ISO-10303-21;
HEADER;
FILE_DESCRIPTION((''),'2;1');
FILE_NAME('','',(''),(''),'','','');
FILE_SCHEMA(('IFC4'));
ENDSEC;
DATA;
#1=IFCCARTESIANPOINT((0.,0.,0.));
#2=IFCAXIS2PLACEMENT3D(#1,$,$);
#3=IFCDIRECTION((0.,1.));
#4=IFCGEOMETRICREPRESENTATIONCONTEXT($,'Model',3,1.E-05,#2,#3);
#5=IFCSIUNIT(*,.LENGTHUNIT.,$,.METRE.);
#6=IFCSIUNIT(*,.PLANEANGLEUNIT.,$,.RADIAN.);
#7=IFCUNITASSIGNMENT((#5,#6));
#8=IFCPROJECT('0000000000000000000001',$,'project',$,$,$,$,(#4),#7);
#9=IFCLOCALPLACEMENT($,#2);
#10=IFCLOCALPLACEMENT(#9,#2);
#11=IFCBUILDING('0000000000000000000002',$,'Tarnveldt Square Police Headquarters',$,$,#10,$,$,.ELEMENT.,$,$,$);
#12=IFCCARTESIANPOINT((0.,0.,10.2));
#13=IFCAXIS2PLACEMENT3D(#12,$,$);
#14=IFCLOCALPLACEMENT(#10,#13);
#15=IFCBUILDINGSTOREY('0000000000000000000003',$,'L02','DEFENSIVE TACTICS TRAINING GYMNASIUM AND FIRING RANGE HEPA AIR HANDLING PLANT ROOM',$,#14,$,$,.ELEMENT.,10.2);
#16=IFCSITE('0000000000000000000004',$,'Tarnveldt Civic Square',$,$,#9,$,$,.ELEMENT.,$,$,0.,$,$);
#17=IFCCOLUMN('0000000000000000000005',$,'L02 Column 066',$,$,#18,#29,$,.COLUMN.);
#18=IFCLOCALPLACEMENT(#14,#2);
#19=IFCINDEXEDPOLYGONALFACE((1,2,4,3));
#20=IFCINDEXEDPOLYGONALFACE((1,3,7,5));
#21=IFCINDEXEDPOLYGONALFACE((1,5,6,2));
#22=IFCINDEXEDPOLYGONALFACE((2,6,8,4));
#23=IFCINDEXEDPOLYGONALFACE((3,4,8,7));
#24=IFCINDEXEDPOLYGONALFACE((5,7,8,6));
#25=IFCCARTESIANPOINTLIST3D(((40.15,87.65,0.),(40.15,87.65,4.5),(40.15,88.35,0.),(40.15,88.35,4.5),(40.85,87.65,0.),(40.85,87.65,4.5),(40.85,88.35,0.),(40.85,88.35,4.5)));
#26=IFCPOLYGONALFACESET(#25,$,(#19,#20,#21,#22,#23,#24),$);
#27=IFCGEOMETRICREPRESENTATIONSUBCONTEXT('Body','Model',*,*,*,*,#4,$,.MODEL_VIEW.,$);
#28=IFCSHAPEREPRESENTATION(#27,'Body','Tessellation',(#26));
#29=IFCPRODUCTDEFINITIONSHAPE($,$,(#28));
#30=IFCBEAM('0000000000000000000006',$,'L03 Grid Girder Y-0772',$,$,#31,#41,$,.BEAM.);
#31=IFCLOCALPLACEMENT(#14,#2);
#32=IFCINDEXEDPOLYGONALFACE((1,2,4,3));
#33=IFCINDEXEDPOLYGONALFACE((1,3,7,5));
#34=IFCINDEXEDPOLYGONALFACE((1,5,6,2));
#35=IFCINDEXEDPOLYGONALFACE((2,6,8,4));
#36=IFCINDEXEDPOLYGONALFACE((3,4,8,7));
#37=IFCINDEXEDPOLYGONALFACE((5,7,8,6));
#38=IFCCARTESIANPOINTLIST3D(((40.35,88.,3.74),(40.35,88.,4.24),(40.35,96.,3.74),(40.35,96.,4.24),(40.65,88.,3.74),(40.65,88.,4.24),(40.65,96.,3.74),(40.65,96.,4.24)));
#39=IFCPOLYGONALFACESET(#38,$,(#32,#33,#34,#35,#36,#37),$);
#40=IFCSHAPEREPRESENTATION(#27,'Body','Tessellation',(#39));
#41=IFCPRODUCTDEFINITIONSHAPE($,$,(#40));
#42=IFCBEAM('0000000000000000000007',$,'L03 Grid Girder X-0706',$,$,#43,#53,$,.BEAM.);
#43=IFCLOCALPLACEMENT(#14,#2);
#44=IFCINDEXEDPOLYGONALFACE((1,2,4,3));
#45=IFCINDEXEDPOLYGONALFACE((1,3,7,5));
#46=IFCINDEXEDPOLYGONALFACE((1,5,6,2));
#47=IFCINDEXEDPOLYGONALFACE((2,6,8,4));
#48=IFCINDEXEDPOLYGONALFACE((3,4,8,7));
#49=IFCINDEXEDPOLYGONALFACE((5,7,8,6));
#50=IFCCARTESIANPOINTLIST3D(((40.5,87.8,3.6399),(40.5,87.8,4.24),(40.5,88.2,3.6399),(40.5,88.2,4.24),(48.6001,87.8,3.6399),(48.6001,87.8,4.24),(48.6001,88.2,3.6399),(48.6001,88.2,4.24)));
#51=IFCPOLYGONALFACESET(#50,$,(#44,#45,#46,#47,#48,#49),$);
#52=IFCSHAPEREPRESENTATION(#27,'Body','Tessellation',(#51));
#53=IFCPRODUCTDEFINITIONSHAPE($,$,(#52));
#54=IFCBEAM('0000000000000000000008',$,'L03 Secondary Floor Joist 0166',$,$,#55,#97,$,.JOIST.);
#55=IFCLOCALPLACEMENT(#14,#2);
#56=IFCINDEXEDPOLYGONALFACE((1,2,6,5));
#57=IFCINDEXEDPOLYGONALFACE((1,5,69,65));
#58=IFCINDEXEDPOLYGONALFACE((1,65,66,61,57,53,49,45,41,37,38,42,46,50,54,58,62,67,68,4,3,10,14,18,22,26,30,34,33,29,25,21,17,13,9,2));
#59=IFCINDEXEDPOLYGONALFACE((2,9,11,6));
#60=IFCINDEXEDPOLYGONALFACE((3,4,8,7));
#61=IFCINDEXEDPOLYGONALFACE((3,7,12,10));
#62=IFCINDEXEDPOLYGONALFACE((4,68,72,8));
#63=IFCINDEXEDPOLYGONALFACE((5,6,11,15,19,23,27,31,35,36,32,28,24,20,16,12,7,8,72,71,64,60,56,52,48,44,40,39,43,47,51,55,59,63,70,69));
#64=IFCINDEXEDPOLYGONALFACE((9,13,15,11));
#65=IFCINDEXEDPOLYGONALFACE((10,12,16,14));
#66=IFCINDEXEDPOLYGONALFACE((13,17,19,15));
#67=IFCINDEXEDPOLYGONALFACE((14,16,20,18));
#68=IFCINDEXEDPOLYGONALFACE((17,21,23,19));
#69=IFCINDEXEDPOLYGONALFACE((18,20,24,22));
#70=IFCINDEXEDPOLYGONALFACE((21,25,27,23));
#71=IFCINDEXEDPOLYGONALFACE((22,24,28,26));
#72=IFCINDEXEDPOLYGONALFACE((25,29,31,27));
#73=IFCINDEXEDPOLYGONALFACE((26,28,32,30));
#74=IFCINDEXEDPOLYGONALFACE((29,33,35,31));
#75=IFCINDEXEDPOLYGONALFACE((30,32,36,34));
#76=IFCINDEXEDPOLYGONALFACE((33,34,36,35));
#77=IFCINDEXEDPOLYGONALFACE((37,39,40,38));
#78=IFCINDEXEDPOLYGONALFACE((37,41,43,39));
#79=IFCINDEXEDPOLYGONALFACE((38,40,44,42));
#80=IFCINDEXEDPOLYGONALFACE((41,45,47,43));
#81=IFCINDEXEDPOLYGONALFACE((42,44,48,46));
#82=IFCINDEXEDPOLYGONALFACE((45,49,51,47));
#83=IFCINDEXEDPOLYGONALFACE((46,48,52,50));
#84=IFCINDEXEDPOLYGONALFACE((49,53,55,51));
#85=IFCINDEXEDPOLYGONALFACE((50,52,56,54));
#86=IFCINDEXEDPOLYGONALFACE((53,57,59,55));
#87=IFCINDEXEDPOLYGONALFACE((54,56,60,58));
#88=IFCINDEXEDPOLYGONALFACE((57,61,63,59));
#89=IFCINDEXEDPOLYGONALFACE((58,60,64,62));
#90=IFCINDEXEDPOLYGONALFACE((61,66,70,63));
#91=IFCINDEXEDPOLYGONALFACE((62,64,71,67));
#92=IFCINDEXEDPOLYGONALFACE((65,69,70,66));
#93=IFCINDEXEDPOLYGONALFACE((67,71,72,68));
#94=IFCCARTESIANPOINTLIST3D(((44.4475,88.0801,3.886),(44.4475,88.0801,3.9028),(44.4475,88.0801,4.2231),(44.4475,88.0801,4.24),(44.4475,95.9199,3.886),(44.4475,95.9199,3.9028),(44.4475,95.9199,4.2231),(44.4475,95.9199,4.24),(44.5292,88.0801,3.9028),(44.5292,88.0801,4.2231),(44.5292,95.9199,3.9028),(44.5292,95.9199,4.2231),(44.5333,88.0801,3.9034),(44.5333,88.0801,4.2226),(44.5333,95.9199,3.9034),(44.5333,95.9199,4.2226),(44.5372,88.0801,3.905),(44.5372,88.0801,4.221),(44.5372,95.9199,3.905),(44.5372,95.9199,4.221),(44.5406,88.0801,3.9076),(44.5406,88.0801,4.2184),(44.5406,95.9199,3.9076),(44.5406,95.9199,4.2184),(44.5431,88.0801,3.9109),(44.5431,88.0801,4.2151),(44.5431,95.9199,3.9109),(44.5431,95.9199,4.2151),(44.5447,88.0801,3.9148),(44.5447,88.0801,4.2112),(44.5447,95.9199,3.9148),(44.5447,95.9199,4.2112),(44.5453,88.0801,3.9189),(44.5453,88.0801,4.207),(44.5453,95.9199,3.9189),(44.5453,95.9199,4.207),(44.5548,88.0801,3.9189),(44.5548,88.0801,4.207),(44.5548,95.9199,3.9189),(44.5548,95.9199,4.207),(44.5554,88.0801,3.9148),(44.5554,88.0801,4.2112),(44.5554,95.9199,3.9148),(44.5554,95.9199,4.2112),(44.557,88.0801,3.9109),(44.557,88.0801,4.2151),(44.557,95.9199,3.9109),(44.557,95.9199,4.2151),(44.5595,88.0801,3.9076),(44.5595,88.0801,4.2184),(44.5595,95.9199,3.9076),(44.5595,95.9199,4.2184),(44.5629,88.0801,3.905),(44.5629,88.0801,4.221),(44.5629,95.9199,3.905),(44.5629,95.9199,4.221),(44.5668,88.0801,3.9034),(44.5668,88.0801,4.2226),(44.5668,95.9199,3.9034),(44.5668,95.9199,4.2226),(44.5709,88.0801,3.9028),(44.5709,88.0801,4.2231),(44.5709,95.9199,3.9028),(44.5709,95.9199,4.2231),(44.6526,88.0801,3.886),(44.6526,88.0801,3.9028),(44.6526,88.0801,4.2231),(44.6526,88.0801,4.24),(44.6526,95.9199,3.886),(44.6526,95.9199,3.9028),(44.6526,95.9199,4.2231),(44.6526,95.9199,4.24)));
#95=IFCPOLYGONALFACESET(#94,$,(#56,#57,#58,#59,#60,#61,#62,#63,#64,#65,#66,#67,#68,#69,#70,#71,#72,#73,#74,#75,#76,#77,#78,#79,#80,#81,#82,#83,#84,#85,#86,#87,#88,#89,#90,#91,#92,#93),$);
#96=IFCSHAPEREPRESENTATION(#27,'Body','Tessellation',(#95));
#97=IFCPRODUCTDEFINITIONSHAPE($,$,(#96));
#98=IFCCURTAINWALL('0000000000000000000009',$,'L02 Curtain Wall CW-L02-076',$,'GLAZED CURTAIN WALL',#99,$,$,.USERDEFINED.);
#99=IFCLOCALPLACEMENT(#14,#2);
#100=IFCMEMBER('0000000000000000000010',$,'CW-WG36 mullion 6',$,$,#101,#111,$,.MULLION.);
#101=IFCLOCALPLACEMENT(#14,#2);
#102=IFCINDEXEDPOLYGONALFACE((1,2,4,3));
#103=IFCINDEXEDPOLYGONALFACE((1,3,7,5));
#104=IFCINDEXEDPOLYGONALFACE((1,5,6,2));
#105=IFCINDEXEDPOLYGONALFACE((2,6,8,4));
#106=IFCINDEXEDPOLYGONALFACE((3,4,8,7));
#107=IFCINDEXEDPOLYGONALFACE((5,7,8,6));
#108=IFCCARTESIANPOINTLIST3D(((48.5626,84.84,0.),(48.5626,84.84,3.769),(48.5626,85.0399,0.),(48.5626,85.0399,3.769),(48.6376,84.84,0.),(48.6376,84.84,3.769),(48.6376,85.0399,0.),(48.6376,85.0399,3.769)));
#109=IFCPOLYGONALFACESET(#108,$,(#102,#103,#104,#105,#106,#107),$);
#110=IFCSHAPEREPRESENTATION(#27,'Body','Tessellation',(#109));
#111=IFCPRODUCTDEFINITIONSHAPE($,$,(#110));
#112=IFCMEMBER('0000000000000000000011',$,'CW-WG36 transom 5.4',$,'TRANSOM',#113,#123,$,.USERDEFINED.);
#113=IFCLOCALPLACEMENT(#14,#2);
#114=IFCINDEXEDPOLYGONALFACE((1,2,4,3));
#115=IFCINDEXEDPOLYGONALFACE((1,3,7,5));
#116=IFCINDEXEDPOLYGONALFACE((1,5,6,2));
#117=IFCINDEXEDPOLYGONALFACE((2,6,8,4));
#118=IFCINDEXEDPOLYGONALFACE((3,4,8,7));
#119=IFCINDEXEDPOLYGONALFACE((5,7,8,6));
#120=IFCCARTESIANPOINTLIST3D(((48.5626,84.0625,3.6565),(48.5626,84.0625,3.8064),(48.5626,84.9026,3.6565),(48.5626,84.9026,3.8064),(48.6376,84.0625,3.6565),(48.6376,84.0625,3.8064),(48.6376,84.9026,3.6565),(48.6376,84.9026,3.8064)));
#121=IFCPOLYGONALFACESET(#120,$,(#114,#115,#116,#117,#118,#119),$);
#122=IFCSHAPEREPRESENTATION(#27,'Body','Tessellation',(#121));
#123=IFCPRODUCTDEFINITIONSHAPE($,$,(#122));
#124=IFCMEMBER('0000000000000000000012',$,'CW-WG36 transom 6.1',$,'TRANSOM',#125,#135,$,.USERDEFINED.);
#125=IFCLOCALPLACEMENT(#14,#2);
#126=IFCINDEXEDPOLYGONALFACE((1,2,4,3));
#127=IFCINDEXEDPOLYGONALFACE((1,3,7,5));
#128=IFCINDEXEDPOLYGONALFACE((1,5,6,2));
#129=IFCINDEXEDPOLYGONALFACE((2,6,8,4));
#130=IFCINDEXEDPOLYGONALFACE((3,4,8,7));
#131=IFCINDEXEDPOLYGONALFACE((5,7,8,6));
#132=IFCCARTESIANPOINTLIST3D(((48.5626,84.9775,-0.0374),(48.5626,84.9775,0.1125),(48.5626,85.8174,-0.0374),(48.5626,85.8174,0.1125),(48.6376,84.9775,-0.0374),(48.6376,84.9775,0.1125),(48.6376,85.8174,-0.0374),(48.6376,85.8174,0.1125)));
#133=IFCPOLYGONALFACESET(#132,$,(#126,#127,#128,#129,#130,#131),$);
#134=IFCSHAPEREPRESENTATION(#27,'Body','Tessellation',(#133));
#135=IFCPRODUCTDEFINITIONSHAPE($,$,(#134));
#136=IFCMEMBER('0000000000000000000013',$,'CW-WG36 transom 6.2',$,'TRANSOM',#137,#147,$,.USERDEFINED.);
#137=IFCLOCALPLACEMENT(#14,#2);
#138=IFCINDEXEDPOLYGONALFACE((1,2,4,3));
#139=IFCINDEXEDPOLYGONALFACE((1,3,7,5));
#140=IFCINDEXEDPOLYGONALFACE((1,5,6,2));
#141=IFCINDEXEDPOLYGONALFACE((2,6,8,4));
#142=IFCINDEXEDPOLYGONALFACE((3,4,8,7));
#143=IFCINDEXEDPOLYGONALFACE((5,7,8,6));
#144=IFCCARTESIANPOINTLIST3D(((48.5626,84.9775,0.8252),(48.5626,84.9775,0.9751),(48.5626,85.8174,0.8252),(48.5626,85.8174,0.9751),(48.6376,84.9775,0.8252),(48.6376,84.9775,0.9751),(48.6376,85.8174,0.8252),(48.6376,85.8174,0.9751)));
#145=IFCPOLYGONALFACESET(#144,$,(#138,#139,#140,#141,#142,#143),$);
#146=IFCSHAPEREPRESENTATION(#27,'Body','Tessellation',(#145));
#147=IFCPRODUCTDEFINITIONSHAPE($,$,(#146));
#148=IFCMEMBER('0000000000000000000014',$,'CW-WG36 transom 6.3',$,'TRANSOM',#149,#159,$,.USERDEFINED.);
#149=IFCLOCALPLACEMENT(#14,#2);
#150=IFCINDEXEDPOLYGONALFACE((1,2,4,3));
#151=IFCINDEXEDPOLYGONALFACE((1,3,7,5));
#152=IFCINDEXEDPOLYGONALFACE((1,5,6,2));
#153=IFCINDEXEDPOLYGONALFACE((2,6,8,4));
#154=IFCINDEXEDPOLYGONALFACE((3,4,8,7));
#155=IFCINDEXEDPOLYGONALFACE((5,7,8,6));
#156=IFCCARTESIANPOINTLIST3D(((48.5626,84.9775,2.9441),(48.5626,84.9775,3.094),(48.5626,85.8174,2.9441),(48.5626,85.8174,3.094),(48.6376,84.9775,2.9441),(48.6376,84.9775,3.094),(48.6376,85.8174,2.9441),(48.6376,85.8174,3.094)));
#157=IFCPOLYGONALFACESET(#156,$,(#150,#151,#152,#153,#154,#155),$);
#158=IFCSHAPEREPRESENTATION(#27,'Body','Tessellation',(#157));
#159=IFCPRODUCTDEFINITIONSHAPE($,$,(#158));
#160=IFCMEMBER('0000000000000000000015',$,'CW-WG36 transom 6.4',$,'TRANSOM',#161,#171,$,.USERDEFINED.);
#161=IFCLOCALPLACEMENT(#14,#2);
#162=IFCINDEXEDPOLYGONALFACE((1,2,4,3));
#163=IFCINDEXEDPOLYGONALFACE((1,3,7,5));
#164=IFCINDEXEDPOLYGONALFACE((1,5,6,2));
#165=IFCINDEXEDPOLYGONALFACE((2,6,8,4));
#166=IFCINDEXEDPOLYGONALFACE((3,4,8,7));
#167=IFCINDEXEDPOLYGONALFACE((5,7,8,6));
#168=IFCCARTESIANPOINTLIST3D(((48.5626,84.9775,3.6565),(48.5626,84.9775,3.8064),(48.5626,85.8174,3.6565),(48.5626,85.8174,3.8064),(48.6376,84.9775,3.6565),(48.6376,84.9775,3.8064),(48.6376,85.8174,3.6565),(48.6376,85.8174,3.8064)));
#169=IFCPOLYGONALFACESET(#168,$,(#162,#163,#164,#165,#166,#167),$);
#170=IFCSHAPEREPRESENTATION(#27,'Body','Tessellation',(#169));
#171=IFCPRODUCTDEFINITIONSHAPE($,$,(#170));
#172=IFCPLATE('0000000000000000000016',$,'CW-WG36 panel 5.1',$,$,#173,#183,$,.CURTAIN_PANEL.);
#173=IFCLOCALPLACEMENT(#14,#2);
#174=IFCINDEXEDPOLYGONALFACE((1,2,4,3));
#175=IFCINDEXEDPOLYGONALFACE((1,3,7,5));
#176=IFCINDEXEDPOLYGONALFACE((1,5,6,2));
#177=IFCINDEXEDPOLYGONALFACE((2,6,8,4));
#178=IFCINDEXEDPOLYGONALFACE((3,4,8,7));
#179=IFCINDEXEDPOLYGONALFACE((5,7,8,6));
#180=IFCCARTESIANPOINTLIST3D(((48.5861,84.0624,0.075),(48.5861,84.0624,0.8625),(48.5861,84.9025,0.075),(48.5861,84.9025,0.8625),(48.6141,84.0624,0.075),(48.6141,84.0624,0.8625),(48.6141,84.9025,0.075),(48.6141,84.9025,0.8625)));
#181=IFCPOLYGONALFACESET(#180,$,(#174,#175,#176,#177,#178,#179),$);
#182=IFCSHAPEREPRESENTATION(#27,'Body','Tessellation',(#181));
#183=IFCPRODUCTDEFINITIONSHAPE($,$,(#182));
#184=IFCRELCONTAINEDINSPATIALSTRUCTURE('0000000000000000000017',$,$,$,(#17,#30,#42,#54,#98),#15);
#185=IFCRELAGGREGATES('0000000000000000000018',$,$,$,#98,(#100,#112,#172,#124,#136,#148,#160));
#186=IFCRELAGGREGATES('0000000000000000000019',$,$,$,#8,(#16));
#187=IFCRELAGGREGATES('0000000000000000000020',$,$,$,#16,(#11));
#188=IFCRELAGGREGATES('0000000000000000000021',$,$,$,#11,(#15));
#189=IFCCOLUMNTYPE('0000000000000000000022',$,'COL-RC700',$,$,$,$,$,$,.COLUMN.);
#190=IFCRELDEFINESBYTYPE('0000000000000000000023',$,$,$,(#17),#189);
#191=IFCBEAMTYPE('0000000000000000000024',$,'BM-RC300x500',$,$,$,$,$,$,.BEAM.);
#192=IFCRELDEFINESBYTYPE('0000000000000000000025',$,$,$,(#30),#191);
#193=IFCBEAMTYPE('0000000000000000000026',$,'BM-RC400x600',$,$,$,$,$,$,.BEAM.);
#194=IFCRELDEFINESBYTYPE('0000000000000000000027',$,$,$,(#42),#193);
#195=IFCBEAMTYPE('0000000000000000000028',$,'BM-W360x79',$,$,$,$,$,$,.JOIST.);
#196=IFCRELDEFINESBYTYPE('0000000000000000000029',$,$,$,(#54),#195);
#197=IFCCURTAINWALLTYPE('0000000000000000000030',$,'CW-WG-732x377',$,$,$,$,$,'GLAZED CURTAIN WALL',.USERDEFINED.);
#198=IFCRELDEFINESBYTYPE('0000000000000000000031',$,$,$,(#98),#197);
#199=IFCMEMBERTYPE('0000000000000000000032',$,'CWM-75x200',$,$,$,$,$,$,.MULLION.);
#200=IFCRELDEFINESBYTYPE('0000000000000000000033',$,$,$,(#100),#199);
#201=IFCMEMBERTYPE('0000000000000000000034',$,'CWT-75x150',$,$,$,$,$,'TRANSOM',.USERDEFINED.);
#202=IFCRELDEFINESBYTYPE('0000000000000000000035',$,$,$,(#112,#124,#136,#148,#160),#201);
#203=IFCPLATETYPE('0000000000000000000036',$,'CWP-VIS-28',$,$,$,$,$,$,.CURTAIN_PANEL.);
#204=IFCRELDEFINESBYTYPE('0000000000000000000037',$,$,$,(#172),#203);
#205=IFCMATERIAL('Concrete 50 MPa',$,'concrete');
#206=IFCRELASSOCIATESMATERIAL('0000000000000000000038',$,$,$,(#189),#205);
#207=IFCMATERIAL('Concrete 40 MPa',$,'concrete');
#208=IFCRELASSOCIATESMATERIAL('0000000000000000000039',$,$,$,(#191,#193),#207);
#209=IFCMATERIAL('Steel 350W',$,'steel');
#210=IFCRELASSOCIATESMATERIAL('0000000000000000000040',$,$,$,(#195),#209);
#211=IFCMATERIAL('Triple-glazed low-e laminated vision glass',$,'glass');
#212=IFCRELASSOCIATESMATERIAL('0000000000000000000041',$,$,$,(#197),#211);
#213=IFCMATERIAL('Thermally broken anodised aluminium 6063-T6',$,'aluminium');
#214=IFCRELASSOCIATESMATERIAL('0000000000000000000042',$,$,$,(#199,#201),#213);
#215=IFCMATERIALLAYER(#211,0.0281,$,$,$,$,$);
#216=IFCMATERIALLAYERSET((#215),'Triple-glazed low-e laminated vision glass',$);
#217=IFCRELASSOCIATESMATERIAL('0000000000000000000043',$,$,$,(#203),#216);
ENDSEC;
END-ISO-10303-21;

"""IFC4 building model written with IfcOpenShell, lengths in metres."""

from ifc_helpers import new_model, si_unit, direction, frame, origin, origin_2d, place, context, subcontext, project, spatial, rectangle, i_section, extrude, material, layer, layer_set, material_profile, profile_set, type_object, element, aggregate, save


model = new_model("IFC4")

# Units and contexts
model_context = context("Model", 3, precision=1e-05, world=origin(), true_north=direction((0.0, 1.0)))
body_context = subcontext(model_context, "Body", "Model", "MODEL_VIEW")
ifc_project = project(units=[si_unit("LENGTHUNIT", "METRE"), si_unit("PLANEANGLEUNIT", "RADIAN")], contexts=[model_context])

# Site, building, storey
site_placement = place(None, origin())
site = spatial("IfcSite", under=ifc_project, at=site_placement, Name="Tarnveldt Civic Square", CompositionType="ELEMENT", RefElevation=0.0)
building_placement = place(site_placement, origin())
building = spatial("IfcBuilding", under=site, at=building_placement, Name="Tarnveldt Square Police Headquarters", CompositionType="ELEMENT")
storey_placement = place(building_placement, frame((0.0, 0.0, 10.2)))
storey = spatial("IfcBuildingStorey", under=building, at=storey_placement, Name="L02", Description="DEFENSIVE TACTICS TRAINING GYMNASIUM AND FIRING RANGE HEPA AIR HANDLING PLANT ROOM", CompositionType="ELEMENT", Elevation=10.2)

# Column
ifc_material_1 = material(Name="Concrete 50 MPa", Category="concrete")
ifc_material_profile_1 = material_profile(ifc_material_1, rectangle(XDim=0.7, YDim=0.7, at=origin_2d()), Name="RC-C700x700")
ifc_profile_set_1 = profile_set([ifc_material_profile_1], Name="Concrete 50 MPa")
column_type = type_object("IfcColumnType", Name="COL-RC700", PredefinedType="COLUMN", material=ifc_profile_set_1)
column_placement = place(storey_placement, frame((40.5, 88.0, 0.0), z_axis=(0.0, 0.0, 1.0), x_axis=(1.0, 0.0, 0.0)))
element("IfcColumn", 1, at=column_placement, inside=storey, type_object=column_type, Name="L02 Column 066", PredefinedType="COLUMN", context=body_context, shape_type="SweptSolid", body=[
    extrude(rectangle(XDim=0.7, YDim=0.7, at=origin_2d()), origin(), (0.0, 0.0, 1.0), 4.5),
])

# Beams
ifc_material_2 = material(Name="Concrete 40 MPa", Category="concrete")
ifc_material_profile_2 = material_profile(ifc_material_2, rectangle(XDim=0.3, YDim=0.5, at=origin_2d()), Name="RC-B300x500")
ifc_profile_set_2 = profile_set([ifc_material_profile_2], Name="Concrete 40 MPa")
beam_type_1 = type_object("IfcBeamType", Name="BM-RC300x500", PredefinedType="BEAM", material=ifc_profile_set_2)
beam_1_placement = place(storey_placement, frame((40.5, 88.0, 3.99), z_axis=(0.0, 1.0, 0.0), x_axis=(-1.0, 0.0, 0.0)))
element("IfcBeam", 2, at=beam_1_placement, inside=storey, type_object=beam_type_1, Name="L03 Grid Girder Y-0772", PredefinedType="BEAM", context=body_context, shape_type="SweptSolid", body=[
    extrude(rectangle(XDim=0.3, YDim=0.5, at=origin_2d()), origin(), (0.0, 0.0, 1.0), 8.0),
])
ifc_material_profile_3 = material_profile(ifc_material_2, rectangle(XDim=0.3999, YDim=0.6001, at=origin_2d()), Name="RC-B400x600")
ifc_profile_set_3 = profile_set([ifc_material_profile_3], Name="Concrete 40 MPa")
beam_type_2 = type_object("IfcBeamType", Name="BM-RC400x600", PredefinedType="BEAM", material=ifc_profile_set_3)
beam_2_placement = place(storey_placement, frame((40.5, 88.0, 3.9399), z_axis=(1.0, 0.0, 0.0), x_axis=(0.0, 1.0, 0.0)))
element("IfcBeam", 3, at=beam_2_placement, inside=storey, type_object=beam_type_2, Name="L03 Grid Girder X-0706", PredefinedType="BEAM", context=body_context, shape_type="SweptSolid", body=[
    extrude(rectangle(XDim=0.3999, YDim=0.6001, at=origin_2d()), origin(), (0.0, 0.0, 1.0), 8.1001),
])
ifc_material_3 = material(Name="Steel 350W", Category="steel")
ifc_material_profile_4 = material_profile(ifc_material_3, i_section(OverallWidth=0.2051, OverallDepth=0.354, WebThickness=0.0095, FlangeThickness=0.0168, FilletRadius=0.0161, at=origin_2d()), Name="W360x79")
ifc_profile_set_4 = profile_set([ifc_material_profile_4], Name="Steel 350W")
beam_type_3 = type_object("IfcBeamType", Name="BM-W360x79", PredefinedType="JOIST", material=ifc_profile_set_4)
beam_3_placement = place(storey_placement, frame((44.55, 88.0801, 4.063), z_axis=(0.0, 1.0, 0.0), x_axis=(-1.0, 0.0, 0.0)))
element("IfcBeam", 4, at=beam_3_placement, inside=storey, type_object=beam_type_3, Name="L03 Secondary Floor Joist 0166", PredefinedType="JOIST", context=body_context, shape_type="SweptSolid", body=[
    extrude(i_section(OverallWidth=0.2051, OverallDepth=0.354, WebThickness=0.0095, FlangeThickness=0.0168, FilletRadius=0.0161, at=origin_2d()), origin(), (0.0, 0.0, 1.0), 7.8398),
])

# Curtain wall, members, plate
ifc_material_4 = material(Name="Triple-glazed low-e laminated vision glass", Category="glass")
curtain_wall_type = type_object("IfcCurtainWallType", Name="CW-WG-732x377", ElementType="GLAZED CURTAIN WALL", PredefinedType="USERDEFINED", material=ifc_material_4)
curtain_wall_placement = place(storey_placement, origin())
curtain_wall = element("IfcCurtainWall", 5, at=curtain_wall_placement, inside=storey, type_object=curtain_wall_type, Name="L02 Curtain Wall CW-L02-076", ObjectType="GLAZED CURTAIN WALL", PredefinedType="USERDEFINED")
ifc_material_5 = material(Name="Thermally broken anodised aluminium 6063-T6", Category="aluminium")
ifc_material_profile_5 = material_profile(ifc_material_5, rectangle(XDim=0.075, YDim=0.2, at=origin_2d()), Name="CW-M75x200")
ifc_profile_set_5 = profile_set([ifc_material_profile_5], Name="Thermally broken anodised aluminium 6063-T6")
member_type_1 = type_object("IfcMemberType", Name="CWM-75x200", PredefinedType="MULLION", material=ifc_profile_set_5)
member_1_placement = place(storey_placement, frame((48.6001, 84.9399, 0.0), z_axis=(0.0, 0.0, 1.0), x_axis=(-1.0, 0.0, 0.0)))
member_1 = element("IfcMember", 6, at=member_1_placement, type_object=member_type_1, Name="CW-WG36 mullion 6", PredefinedType="MULLION", context=body_context, shape_type="SweptSolid", body=[
    extrude(rectangle(XDim=0.075, YDim=0.2, at=origin_2d()), origin(), (0.0, 0.0, 1.0), 3.769),
])
ifc_material_profile_6 = material_profile(ifc_material_5, rectangle(XDim=0.075, YDim=0.1499, at=origin_2d()), Name="CW-T75x150")
ifc_profile_set_6 = profile_set([ifc_material_profile_6], Name="Thermally broken anodised aluminium 6063-T6")
member_type_2 = type_object("IfcMemberType", Name="CWT-75x150", ElementType="TRANSOM", PredefinedType="USERDEFINED", material=ifc_profile_set_6)
member_2_placement = place(storey_placement, frame((48.6001, 84.0625, 3.7314), z_axis=(0.0, 1.0, 0.0), x_axis=(-1.0, 0.0, 0.0)))
member_2 = element("IfcMember", 7, at=member_2_placement, type_object=member_type_2, Name="CW-WG36 transom 5.4", ObjectType="TRANSOM", PredefinedType="USERDEFINED", context=body_context, shape_type="SweptSolid", body=[
    extrude(rectangle(XDim=0.075, YDim=0.1499, at=origin_2d()), origin(), (0.0, 0.0, 1.0), 0.8401),
])
member_3_placement = place(storey_placement, frame((48.6001, 84.9775, 0.0376), z_axis=(0.0, 1.0, 0.0), x_axis=(-1.0, 0.0, 0.0)))
member_3 = element("IfcMember", 8, at=member_3_placement, type_object=member_type_2, Name="CW-WG36 transom 6.1", ObjectType="TRANSOM", PredefinedType="USERDEFINED", context=body_context, shape_type="SweptSolid", body=[
    extrude(rectangle(XDim=0.075, YDim=0.1499, at=origin_2d()), origin(), (0.0, 0.0, 1.0), 0.8398),
])
member_4_placement = place(storey_placement, frame((48.6001, 84.9775, 0.9001), z_axis=(0.0, 1.0, 0.0), x_axis=(-1.0, 0.0, 0.0)))
member_4 = element("IfcMember", 9, at=member_4_placement, type_object=member_type_2, Name="CW-WG36 transom 6.2", ObjectType="TRANSOM", PredefinedType="USERDEFINED", context=body_context, shape_type="SweptSolid", body=[
    extrude(rectangle(XDim=0.075, YDim=0.1499, at=origin_2d()), origin(), (0.0, 0.0, 1.0), 0.8398),
])
member_5_placement = place(storey_placement, frame((48.6001, 84.9775, 3.019), z_axis=(0.0, 1.0, 0.0), x_axis=(-1.0, 0.0, 0.0)))
member_5 = element("IfcMember", 10, at=member_5_placement, type_object=member_type_2, Name="CW-WG36 transom 6.3", ObjectType="TRANSOM", PredefinedType="USERDEFINED", context=body_context, shape_type="SweptSolid", body=[
    extrude(rectangle(XDim=0.075, YDim=0.1499, at=origin_2d()), origin(), (0.0, 0.0, 1.0), 0.8398),
])
member_6_placement = place(storey_placement, frame((48.6001, 84.9775, 3.7314), z_axis=(0.0, 1.0, 0.0), x_axis=(-1.0, 0.0, 0.0)))
member_6 = element("IfcMember", 11, at=member_6_placement, type_object=member_type_2, Name="CW-WG36 transom 6.4", ObjectType="TRANSOM", PredefinedType="USERDEFINED", context=body_context, shape_type="SweptSolid", body=[
    extrude(rectangle(XDim=0.075, YDim=0.1499, at=origin_2d()), origin(), (0.0, 0.0, 1.0), 0.8398),
])
ifc_layer_1 = layer(ifc_material_4, 0.0281)
ifc_layer_set_1 = layer_set([ifc_layer_1], Name="Triple-glazed low-e laminated vision glass")
plate_type = type_object("IfcPlateType", Name="CWP-VIS-28", PredefinedType="CURTAIN_PANEL", material=ifc_layer_set_1)
plate_1_placement = place(storey_placement, frame((48.6001, 84.4824, 0.075), z_axis=(0.0, 0.0, 1.0), x_axis=(0.0, 1.0, 0.0)))
plate_1 = element("IfcPlate", 12, at=plate_1_placement, type_object=plate_type, Name="CW-WG36 panel 5.1", PredefinedType="CURTAIN_PANEL", context=body_context, shape_type="SweptSolid", body=[
    extrude(rectangle(XDim=0.8401, YDim=0.0281, at=origin_2d()), origin(), (0.0, 0.0, 1.0), 0.7876),
])
aggregate(curtain_wall, [member_1, member_2, plate_1, member_3, member_4, member_5, member_6])

save(model, "model.ifc")
